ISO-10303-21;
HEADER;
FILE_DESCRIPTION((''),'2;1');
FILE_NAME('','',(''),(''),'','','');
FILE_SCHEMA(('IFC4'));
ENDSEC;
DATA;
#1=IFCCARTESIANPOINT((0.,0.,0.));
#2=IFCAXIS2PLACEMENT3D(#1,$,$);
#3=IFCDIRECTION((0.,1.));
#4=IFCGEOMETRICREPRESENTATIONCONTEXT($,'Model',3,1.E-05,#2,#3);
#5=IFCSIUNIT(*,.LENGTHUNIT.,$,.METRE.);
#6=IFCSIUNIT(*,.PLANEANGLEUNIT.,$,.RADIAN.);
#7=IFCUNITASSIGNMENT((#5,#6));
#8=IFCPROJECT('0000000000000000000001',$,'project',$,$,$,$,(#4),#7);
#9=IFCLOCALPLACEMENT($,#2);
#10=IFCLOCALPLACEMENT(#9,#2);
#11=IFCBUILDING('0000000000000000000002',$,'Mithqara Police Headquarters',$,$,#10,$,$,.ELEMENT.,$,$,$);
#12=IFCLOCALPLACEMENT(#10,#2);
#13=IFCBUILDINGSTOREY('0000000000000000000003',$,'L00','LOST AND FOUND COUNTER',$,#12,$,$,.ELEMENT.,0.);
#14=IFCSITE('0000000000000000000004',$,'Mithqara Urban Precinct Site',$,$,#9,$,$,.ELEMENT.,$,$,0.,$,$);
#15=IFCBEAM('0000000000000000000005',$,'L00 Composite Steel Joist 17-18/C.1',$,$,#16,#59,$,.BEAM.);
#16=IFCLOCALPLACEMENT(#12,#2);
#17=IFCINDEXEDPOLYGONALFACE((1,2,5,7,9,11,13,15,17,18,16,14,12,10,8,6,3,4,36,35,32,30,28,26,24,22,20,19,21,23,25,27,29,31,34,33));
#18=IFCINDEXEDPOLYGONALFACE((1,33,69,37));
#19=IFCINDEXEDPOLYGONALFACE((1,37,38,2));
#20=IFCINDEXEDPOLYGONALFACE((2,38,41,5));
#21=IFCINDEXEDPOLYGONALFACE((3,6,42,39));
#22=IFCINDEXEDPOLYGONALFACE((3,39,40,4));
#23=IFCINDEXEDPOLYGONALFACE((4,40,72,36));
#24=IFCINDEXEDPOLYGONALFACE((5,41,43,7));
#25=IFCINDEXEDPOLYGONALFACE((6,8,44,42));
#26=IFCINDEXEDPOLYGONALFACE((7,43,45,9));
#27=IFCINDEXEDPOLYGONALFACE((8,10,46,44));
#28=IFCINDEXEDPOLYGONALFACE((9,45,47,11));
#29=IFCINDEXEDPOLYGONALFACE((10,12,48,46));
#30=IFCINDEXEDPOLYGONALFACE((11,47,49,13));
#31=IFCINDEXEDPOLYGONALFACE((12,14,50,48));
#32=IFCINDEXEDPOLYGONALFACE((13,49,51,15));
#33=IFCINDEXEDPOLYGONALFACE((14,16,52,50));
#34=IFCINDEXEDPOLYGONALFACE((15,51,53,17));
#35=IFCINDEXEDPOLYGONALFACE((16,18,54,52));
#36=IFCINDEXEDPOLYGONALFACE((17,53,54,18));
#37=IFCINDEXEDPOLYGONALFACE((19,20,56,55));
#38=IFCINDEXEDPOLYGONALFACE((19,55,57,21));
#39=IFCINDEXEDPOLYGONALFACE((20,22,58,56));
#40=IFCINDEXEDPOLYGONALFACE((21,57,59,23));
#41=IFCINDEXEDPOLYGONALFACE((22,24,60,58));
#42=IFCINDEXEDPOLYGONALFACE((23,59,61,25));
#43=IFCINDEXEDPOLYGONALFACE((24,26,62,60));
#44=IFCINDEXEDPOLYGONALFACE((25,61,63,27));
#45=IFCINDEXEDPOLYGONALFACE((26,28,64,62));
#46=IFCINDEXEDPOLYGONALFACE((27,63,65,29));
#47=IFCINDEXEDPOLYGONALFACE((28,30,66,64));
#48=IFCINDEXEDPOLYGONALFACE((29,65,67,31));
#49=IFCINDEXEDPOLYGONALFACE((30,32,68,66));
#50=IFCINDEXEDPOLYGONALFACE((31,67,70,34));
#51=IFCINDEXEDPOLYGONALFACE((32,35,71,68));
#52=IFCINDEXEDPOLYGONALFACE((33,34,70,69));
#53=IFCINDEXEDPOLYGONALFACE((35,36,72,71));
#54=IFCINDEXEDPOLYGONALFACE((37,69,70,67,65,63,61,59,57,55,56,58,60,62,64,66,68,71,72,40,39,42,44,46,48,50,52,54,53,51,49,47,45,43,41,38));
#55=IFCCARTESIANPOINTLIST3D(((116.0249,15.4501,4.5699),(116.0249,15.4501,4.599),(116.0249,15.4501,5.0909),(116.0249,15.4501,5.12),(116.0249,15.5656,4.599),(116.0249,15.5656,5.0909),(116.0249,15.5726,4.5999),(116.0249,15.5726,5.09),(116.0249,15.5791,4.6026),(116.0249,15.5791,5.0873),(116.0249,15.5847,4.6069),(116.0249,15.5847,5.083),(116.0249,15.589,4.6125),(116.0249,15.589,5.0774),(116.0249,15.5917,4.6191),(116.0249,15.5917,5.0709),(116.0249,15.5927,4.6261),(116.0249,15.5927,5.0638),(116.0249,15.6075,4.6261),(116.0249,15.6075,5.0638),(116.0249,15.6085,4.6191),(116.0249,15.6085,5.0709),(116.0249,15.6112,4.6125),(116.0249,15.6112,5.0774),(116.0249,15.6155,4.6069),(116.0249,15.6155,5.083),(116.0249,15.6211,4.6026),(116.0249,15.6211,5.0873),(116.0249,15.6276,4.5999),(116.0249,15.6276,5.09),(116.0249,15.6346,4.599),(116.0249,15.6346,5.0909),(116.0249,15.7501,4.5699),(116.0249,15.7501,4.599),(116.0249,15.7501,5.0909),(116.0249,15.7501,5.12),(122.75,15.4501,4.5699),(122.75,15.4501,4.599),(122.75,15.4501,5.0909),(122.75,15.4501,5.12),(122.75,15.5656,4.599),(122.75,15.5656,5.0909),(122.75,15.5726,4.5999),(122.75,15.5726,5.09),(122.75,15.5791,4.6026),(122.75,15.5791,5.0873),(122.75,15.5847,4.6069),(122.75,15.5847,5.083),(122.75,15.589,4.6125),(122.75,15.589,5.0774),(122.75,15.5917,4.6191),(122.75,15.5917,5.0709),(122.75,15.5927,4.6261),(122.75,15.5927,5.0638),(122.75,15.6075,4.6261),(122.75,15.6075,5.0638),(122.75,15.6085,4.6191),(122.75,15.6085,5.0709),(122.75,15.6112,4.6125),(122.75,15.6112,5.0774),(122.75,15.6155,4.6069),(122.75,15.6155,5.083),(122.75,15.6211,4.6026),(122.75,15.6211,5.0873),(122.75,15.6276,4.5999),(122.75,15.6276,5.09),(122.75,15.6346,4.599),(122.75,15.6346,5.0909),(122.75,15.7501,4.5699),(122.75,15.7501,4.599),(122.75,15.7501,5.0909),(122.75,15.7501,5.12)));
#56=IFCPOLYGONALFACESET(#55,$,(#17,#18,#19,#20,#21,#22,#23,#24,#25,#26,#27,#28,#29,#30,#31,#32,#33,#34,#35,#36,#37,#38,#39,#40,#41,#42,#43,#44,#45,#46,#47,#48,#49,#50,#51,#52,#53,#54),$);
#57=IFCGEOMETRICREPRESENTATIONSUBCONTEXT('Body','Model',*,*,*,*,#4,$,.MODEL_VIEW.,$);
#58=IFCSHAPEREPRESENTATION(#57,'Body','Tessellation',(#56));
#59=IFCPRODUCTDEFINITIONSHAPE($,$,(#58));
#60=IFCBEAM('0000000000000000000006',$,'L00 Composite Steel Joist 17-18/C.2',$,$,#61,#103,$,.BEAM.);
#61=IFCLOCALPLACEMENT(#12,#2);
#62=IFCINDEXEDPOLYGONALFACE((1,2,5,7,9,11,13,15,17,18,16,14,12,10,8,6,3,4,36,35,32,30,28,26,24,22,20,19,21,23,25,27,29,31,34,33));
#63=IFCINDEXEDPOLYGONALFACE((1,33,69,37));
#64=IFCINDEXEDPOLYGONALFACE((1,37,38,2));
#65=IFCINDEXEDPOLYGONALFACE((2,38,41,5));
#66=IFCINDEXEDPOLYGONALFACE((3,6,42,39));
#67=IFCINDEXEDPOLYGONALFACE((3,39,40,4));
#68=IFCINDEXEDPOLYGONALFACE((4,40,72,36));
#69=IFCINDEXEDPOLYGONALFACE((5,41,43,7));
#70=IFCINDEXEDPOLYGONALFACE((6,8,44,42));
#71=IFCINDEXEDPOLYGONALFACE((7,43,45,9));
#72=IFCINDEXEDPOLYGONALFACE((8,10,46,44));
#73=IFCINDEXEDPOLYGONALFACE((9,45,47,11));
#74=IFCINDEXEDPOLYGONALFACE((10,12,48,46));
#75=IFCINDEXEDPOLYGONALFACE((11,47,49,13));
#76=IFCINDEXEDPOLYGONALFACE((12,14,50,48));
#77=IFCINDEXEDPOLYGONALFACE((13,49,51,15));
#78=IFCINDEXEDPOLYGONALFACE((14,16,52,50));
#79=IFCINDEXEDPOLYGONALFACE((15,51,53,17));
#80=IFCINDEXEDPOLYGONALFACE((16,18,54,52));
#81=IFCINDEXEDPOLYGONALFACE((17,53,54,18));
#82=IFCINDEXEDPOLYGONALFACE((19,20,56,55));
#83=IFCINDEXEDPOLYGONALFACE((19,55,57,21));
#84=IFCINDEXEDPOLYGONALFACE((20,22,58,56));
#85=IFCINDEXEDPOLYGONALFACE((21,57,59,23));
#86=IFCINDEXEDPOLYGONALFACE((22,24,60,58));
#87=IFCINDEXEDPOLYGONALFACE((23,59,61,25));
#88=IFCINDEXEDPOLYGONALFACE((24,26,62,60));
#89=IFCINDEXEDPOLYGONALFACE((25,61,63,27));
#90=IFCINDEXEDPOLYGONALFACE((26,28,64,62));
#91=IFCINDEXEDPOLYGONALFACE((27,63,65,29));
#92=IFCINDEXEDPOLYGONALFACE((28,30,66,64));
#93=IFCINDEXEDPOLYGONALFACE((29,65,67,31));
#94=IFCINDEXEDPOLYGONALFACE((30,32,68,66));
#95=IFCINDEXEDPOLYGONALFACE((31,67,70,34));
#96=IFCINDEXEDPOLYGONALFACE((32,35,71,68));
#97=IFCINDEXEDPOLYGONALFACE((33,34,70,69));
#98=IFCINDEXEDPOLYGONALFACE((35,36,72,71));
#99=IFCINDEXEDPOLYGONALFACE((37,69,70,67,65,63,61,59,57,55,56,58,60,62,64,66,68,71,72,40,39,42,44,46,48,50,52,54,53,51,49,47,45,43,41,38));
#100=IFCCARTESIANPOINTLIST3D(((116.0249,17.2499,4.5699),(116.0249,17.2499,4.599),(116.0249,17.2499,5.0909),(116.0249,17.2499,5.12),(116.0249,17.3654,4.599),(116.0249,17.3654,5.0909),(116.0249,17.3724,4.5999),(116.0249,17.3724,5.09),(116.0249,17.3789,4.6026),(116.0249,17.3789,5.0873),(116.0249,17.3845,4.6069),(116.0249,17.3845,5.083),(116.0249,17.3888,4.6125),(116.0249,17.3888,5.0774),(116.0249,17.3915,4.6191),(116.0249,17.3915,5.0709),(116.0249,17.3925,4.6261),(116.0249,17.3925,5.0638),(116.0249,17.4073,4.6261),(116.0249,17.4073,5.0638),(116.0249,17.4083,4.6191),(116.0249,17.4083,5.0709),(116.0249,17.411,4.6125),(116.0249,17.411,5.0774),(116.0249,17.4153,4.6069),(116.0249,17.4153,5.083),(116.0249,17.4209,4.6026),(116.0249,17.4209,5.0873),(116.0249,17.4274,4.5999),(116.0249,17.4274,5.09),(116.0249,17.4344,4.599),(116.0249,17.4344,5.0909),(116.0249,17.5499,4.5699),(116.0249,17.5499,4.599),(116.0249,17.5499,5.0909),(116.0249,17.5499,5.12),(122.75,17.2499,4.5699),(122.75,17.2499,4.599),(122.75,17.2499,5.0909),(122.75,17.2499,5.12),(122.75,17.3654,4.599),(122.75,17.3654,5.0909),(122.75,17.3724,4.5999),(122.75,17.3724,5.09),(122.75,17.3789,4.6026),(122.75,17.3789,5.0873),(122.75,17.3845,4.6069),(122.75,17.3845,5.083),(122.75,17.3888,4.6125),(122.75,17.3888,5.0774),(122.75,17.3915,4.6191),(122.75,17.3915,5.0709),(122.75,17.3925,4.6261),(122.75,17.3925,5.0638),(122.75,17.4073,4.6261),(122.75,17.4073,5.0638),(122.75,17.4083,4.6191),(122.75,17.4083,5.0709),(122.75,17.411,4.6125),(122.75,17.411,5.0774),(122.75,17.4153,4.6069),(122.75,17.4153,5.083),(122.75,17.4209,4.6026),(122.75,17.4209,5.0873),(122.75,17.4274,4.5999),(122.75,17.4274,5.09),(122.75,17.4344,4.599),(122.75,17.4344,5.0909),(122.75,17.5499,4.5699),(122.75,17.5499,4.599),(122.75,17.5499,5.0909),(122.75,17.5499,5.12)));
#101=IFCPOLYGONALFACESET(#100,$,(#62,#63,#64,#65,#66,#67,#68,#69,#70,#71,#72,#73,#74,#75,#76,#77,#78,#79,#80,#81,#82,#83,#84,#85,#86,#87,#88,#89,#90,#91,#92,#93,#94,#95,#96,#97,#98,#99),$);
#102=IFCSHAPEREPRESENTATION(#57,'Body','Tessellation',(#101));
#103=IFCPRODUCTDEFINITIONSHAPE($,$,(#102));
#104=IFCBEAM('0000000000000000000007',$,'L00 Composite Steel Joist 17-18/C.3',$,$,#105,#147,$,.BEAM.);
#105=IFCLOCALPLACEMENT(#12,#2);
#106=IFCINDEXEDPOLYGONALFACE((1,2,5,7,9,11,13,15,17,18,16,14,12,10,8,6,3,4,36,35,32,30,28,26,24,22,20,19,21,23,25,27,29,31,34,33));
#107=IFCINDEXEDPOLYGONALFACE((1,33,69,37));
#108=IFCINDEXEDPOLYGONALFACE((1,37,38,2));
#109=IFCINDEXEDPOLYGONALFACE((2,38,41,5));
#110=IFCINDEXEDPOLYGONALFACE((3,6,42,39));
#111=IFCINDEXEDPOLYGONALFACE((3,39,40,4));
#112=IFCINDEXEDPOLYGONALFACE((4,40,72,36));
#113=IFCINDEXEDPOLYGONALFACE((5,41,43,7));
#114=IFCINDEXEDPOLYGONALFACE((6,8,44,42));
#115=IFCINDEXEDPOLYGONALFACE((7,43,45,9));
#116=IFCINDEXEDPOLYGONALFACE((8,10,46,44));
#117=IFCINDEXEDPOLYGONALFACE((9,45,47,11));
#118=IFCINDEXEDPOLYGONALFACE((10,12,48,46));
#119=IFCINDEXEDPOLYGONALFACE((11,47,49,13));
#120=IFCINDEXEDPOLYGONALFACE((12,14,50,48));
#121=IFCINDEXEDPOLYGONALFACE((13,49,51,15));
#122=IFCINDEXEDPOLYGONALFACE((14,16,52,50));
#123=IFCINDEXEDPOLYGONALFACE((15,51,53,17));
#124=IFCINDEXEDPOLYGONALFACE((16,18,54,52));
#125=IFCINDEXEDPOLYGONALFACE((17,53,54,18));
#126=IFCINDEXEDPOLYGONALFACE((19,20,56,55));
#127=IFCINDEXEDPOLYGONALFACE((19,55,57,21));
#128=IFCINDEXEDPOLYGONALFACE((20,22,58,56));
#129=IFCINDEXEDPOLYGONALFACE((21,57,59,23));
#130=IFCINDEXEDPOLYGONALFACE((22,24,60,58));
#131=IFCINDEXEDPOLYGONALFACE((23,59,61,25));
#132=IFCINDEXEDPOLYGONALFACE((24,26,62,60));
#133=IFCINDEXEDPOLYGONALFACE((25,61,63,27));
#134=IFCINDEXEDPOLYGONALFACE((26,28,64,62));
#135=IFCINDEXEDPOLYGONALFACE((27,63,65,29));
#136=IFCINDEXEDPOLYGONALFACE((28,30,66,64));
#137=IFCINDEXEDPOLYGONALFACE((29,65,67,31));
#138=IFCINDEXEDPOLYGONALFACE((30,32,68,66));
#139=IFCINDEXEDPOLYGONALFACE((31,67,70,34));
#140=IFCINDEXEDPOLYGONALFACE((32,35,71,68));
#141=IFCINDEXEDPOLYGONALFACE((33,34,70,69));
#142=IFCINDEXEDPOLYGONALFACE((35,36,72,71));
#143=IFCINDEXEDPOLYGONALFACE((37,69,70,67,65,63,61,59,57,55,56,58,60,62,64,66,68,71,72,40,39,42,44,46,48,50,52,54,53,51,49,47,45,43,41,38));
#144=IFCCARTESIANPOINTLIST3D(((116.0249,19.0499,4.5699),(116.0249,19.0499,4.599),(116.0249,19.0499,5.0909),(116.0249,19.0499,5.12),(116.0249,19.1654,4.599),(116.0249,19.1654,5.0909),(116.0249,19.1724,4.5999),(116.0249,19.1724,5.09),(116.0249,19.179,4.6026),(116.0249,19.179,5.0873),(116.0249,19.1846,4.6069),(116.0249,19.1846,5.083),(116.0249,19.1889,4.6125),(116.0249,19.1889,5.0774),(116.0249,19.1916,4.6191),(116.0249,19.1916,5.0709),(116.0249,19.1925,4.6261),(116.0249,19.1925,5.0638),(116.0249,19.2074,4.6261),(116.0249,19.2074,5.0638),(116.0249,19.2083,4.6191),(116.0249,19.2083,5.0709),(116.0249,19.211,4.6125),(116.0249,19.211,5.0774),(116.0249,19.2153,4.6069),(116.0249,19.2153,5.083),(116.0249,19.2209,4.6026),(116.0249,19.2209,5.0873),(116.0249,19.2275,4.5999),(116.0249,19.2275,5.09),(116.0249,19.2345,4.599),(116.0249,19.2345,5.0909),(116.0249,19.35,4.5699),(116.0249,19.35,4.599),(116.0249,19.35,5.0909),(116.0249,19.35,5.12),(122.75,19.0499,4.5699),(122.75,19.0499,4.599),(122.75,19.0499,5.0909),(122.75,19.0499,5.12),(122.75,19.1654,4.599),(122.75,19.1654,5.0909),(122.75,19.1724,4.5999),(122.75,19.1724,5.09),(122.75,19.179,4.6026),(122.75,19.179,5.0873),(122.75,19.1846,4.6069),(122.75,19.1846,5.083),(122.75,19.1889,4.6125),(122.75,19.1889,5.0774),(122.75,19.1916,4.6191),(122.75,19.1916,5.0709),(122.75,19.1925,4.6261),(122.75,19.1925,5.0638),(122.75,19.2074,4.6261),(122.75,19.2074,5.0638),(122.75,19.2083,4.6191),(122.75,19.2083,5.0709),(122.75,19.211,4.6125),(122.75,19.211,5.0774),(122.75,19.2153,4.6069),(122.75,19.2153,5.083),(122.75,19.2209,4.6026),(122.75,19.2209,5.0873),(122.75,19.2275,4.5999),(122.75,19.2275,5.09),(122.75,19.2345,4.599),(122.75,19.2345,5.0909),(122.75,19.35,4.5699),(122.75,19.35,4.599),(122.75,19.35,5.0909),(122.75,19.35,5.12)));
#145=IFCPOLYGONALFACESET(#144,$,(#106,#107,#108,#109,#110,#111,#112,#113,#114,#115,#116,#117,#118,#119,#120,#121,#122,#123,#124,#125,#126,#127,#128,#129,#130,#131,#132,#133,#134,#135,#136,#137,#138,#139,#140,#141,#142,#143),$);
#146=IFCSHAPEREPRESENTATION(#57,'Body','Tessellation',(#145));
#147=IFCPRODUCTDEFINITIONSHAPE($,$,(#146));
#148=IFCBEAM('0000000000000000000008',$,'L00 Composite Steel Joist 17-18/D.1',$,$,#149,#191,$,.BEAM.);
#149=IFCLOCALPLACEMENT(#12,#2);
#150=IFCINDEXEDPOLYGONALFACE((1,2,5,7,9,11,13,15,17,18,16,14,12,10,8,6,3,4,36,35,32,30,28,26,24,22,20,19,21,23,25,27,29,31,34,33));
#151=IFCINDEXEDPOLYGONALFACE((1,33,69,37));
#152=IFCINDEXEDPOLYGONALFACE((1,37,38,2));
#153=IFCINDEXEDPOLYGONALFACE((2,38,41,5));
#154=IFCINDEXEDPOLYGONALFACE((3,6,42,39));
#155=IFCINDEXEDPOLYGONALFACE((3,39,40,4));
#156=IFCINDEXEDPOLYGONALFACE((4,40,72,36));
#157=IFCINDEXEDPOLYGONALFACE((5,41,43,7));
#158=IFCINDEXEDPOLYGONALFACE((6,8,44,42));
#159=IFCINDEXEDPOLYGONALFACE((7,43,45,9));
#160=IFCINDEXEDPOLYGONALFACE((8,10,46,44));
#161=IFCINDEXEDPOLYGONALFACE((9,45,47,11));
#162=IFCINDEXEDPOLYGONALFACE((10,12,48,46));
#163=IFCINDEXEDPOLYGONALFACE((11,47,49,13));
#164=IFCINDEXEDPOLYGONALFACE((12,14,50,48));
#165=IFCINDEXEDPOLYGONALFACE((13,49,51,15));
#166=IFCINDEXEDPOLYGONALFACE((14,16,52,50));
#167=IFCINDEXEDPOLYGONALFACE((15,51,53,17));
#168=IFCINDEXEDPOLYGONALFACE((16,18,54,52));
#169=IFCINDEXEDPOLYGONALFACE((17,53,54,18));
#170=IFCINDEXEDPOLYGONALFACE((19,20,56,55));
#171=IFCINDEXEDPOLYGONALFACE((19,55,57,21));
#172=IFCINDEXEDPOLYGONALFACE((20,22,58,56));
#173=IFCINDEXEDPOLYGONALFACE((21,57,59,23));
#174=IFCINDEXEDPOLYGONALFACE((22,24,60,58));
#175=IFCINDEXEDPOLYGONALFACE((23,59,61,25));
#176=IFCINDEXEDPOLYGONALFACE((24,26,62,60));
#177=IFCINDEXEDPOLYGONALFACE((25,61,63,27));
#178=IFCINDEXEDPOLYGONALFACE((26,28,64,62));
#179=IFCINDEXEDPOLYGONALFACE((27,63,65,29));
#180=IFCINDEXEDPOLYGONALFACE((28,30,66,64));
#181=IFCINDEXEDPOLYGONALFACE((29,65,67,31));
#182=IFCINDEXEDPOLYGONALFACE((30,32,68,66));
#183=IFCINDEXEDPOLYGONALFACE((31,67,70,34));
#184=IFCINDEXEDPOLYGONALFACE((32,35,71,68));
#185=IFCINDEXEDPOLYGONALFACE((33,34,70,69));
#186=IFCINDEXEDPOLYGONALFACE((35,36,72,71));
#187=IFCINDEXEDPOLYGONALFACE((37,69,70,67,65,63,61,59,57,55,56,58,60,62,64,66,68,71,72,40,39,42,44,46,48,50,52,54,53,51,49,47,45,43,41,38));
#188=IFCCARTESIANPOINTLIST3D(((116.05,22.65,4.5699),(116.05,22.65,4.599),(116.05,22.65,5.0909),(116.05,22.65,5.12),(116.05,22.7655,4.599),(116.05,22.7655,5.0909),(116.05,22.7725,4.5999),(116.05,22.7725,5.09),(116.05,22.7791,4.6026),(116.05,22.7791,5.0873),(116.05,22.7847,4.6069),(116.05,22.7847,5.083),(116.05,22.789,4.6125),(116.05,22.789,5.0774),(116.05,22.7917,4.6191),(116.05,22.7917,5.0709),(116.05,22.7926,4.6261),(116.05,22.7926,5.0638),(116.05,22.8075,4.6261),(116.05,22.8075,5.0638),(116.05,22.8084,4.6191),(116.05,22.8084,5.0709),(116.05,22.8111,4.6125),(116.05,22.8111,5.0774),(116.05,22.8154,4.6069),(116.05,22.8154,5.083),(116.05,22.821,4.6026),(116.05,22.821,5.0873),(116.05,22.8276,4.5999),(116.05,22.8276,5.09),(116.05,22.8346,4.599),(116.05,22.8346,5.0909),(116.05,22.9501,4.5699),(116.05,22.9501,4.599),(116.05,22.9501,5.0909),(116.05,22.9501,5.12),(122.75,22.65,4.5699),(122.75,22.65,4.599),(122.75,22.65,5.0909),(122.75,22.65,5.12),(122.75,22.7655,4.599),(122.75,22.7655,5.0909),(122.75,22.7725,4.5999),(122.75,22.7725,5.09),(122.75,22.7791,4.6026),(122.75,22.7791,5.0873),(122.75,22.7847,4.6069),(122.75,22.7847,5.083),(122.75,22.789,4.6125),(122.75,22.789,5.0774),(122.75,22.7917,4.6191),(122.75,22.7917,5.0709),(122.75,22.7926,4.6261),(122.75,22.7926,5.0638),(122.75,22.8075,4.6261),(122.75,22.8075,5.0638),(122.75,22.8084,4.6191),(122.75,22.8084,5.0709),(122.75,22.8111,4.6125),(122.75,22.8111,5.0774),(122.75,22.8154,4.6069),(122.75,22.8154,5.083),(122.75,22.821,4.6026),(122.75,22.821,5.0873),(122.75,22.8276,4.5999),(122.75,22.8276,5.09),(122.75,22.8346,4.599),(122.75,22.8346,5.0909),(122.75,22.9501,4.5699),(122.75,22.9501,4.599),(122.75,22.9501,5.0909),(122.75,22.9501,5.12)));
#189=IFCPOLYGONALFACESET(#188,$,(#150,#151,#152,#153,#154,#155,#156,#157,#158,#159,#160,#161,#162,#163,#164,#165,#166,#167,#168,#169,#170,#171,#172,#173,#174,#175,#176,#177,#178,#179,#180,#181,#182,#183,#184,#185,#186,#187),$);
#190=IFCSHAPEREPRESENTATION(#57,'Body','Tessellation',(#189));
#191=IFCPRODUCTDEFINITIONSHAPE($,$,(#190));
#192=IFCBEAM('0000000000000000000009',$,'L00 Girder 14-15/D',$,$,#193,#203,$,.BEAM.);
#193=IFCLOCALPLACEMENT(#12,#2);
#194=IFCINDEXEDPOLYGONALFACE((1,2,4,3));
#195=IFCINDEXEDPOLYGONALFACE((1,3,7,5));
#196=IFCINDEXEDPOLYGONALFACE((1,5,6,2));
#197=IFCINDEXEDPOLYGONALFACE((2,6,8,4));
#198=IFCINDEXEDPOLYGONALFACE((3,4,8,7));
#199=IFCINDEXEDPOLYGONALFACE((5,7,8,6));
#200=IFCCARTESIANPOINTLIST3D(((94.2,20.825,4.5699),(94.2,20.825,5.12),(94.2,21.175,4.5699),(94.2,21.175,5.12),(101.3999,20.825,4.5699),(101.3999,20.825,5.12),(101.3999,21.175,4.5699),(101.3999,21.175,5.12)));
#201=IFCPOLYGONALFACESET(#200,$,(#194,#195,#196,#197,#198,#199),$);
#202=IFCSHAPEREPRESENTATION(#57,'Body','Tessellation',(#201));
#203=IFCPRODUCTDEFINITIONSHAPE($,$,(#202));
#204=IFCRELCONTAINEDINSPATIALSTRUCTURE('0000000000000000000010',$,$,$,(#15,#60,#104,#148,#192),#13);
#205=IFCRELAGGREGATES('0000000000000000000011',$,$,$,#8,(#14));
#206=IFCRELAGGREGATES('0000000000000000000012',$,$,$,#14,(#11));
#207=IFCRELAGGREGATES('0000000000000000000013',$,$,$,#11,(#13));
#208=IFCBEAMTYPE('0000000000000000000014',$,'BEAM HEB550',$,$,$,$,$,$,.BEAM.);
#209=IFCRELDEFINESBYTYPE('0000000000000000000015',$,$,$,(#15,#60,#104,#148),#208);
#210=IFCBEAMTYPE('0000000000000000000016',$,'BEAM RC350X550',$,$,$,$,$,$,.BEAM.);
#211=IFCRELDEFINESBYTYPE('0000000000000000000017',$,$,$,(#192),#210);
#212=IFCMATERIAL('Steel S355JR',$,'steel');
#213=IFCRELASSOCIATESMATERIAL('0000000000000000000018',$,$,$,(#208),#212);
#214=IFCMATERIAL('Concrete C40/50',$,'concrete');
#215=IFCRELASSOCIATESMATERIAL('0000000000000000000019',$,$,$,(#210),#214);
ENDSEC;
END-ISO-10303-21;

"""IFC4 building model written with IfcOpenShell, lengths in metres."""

from ifc_helpers import new_model, si_unit, direction, frame, origin, origin_2d, place, context, subcontext, project, spatial, rectangle, i_section, extrude, material, material_profile, profile_set, type_object, element, save


model = new_model("IFC4")

# Units and contexts
model_context = context("Model", 3, precision=1e-05, world=origin(), true_north=direction((0.0, 1.0)))
body_context = subcontext(model_context, "Body", "Model", "MODEL_VIEW")
ifc_project = project(units=[si_unit("LENGTHUNIT", "METRE"), si_unit("PLANEANGLEUNIT", "RADIAN")], contexts=[model_context])

# Site, building, storey
site_placement = place(None, origin())
site = spatial("IfcSite", under=ifc_project, at=site_placement, Name="Mithqara Urban Precinct Site", CompositionType="ELEMENT", RefElevation=0.0)
building_placement = place(site_placement, origin())
building = spatial("IfcBuilding", under=site, at=building_placement, Name="Mithqara Police Headquarters", CompositionType="ELEMENT")
storey_placement = place(building_placement, origin())
storey = spatial("IfcBuildingStorey", under=building, at=storey_placement, Name="L00", Description="LOST AND FOUND COUNTER", CompositionType="ELEMENT", Elevation=0.0)

# Shared definitions
ifc_material_1 = material(Name="Concrete C40/50", Category="concrete")

# Beams
ifc_material_2 = material(Name="Steel S355JR", Category="steel")
ifc_material_profile_1 = material_profile(ifc_material_2, i_section(OverallWidth=0.3, OverallDepth=0.55, WebThickness=0.0149, FlangeThickness=0.0291, FilletRadius=0.0271, at=origin_2d()), Name="HEB 550")
ifc_profile_set_1 = profile_set([ifc_material_profile_1], Name="Steel S355JR")
beam_type_1 = type_object("IfcBeamType", Name="BEAM HEB550", PredefinedType="BEAM", material=ifc_profile_set_1)
for number, where, z_axis, x_axis, name in (
    (1, (116.0249, 15.6001, 4.845), (1.0, 0.0, 0.0), (0.0, 1.0, 0.0), "L00 Composite Steel Joist 17-18/C.1"),
    (2, (116.0249, 17.3999, 4.845), (1.0, 0.0, 0.0), (0.0, 1.0, 0.0), "L00 Composite Steel Joist 17-18/C.2"),
    (3, (116.0249, 19.2, 4.845), (1.0, 0.0, 0.0), (0.0, 1.0, 0.0), "L00 Composite Steel Joist 17-18/C.3"),
):
    element("IfcBeam", number, at=place(storey_placement, frame(where, z_axis=z_axis, x_axis=x_axis)), inside=storey, type_object=beam_type_1, Name=name, PredefinedType="BEAM", context=body_context, shape_type="SweptSolid", body=[
        extrude(i_section(OverallWidth=0.3, OverallDepth=0.55, WebThickness=0.0149, FlangeThickness=0.0291, FilletRadius=0.0271, at=origin_2d()), origin(), (0.0, 0.0, 1.0), 6.7251),
    ])
beam_1_placement = place(storey_placement, frame((116.05, 22.8, 4.845), z_axis=(1.0, 0.0, 0.0), x_axis=(0.0, 1.0, 0.0)))
element("IfcBeam", 4, at=beam_1_placement, inside=storey, type_object=beam_type_1, Name="L00 Composite Steel Joist 17-18/D.1", PredefinedType="BEAM", context=body_context, shape_type="SweptSolid", body=[
    extrude(i_section(OverallWidth=0.3, OverallDepth=0.55, WebThickness=0.0149, FlangeThickness=0.0291, FilletRadius=0.0271, at=origin_2d()), origin(), (0.0, 0.0, 1.0), 6.7),
])
ifc_material_profile_2 = material_profile(ifc_material_1, rectangle(XDim=0.3501, YDim=0.55, at=origin_2d()), Name="RC 350x550")
ifc_profile_set_2 = profile_set([ifc_material_profile_2], Name="Concrete C40/50")
beam_type_2 = type_object("IfcBeamType", Name="BEAM RC350X550", PredefinedType="BEAM", material=ifc_profile_set_2)
beam_2_placement = place(storey_placement, frame((94.2, 21.0, 4.845), z_axis=(1.0, 0.0, 0.0), x_axis=(0.0, 1.0, 0.0)))
element("IfcBeam", 5, at=beam_2_placement, inside=storey, type_object=beam_type_2, Name="L00 Girder 14-15/D", PredefinedType="BEAM", context=body_context, shape_type="SweptSolid", body=[
    extrude(rectangle(XDim=0.3501, YDim=0.55, at=origin_2d()), origin(), (0.0, 0.0, 1.0), 7.2),
])

save(model, "model.ifc")
